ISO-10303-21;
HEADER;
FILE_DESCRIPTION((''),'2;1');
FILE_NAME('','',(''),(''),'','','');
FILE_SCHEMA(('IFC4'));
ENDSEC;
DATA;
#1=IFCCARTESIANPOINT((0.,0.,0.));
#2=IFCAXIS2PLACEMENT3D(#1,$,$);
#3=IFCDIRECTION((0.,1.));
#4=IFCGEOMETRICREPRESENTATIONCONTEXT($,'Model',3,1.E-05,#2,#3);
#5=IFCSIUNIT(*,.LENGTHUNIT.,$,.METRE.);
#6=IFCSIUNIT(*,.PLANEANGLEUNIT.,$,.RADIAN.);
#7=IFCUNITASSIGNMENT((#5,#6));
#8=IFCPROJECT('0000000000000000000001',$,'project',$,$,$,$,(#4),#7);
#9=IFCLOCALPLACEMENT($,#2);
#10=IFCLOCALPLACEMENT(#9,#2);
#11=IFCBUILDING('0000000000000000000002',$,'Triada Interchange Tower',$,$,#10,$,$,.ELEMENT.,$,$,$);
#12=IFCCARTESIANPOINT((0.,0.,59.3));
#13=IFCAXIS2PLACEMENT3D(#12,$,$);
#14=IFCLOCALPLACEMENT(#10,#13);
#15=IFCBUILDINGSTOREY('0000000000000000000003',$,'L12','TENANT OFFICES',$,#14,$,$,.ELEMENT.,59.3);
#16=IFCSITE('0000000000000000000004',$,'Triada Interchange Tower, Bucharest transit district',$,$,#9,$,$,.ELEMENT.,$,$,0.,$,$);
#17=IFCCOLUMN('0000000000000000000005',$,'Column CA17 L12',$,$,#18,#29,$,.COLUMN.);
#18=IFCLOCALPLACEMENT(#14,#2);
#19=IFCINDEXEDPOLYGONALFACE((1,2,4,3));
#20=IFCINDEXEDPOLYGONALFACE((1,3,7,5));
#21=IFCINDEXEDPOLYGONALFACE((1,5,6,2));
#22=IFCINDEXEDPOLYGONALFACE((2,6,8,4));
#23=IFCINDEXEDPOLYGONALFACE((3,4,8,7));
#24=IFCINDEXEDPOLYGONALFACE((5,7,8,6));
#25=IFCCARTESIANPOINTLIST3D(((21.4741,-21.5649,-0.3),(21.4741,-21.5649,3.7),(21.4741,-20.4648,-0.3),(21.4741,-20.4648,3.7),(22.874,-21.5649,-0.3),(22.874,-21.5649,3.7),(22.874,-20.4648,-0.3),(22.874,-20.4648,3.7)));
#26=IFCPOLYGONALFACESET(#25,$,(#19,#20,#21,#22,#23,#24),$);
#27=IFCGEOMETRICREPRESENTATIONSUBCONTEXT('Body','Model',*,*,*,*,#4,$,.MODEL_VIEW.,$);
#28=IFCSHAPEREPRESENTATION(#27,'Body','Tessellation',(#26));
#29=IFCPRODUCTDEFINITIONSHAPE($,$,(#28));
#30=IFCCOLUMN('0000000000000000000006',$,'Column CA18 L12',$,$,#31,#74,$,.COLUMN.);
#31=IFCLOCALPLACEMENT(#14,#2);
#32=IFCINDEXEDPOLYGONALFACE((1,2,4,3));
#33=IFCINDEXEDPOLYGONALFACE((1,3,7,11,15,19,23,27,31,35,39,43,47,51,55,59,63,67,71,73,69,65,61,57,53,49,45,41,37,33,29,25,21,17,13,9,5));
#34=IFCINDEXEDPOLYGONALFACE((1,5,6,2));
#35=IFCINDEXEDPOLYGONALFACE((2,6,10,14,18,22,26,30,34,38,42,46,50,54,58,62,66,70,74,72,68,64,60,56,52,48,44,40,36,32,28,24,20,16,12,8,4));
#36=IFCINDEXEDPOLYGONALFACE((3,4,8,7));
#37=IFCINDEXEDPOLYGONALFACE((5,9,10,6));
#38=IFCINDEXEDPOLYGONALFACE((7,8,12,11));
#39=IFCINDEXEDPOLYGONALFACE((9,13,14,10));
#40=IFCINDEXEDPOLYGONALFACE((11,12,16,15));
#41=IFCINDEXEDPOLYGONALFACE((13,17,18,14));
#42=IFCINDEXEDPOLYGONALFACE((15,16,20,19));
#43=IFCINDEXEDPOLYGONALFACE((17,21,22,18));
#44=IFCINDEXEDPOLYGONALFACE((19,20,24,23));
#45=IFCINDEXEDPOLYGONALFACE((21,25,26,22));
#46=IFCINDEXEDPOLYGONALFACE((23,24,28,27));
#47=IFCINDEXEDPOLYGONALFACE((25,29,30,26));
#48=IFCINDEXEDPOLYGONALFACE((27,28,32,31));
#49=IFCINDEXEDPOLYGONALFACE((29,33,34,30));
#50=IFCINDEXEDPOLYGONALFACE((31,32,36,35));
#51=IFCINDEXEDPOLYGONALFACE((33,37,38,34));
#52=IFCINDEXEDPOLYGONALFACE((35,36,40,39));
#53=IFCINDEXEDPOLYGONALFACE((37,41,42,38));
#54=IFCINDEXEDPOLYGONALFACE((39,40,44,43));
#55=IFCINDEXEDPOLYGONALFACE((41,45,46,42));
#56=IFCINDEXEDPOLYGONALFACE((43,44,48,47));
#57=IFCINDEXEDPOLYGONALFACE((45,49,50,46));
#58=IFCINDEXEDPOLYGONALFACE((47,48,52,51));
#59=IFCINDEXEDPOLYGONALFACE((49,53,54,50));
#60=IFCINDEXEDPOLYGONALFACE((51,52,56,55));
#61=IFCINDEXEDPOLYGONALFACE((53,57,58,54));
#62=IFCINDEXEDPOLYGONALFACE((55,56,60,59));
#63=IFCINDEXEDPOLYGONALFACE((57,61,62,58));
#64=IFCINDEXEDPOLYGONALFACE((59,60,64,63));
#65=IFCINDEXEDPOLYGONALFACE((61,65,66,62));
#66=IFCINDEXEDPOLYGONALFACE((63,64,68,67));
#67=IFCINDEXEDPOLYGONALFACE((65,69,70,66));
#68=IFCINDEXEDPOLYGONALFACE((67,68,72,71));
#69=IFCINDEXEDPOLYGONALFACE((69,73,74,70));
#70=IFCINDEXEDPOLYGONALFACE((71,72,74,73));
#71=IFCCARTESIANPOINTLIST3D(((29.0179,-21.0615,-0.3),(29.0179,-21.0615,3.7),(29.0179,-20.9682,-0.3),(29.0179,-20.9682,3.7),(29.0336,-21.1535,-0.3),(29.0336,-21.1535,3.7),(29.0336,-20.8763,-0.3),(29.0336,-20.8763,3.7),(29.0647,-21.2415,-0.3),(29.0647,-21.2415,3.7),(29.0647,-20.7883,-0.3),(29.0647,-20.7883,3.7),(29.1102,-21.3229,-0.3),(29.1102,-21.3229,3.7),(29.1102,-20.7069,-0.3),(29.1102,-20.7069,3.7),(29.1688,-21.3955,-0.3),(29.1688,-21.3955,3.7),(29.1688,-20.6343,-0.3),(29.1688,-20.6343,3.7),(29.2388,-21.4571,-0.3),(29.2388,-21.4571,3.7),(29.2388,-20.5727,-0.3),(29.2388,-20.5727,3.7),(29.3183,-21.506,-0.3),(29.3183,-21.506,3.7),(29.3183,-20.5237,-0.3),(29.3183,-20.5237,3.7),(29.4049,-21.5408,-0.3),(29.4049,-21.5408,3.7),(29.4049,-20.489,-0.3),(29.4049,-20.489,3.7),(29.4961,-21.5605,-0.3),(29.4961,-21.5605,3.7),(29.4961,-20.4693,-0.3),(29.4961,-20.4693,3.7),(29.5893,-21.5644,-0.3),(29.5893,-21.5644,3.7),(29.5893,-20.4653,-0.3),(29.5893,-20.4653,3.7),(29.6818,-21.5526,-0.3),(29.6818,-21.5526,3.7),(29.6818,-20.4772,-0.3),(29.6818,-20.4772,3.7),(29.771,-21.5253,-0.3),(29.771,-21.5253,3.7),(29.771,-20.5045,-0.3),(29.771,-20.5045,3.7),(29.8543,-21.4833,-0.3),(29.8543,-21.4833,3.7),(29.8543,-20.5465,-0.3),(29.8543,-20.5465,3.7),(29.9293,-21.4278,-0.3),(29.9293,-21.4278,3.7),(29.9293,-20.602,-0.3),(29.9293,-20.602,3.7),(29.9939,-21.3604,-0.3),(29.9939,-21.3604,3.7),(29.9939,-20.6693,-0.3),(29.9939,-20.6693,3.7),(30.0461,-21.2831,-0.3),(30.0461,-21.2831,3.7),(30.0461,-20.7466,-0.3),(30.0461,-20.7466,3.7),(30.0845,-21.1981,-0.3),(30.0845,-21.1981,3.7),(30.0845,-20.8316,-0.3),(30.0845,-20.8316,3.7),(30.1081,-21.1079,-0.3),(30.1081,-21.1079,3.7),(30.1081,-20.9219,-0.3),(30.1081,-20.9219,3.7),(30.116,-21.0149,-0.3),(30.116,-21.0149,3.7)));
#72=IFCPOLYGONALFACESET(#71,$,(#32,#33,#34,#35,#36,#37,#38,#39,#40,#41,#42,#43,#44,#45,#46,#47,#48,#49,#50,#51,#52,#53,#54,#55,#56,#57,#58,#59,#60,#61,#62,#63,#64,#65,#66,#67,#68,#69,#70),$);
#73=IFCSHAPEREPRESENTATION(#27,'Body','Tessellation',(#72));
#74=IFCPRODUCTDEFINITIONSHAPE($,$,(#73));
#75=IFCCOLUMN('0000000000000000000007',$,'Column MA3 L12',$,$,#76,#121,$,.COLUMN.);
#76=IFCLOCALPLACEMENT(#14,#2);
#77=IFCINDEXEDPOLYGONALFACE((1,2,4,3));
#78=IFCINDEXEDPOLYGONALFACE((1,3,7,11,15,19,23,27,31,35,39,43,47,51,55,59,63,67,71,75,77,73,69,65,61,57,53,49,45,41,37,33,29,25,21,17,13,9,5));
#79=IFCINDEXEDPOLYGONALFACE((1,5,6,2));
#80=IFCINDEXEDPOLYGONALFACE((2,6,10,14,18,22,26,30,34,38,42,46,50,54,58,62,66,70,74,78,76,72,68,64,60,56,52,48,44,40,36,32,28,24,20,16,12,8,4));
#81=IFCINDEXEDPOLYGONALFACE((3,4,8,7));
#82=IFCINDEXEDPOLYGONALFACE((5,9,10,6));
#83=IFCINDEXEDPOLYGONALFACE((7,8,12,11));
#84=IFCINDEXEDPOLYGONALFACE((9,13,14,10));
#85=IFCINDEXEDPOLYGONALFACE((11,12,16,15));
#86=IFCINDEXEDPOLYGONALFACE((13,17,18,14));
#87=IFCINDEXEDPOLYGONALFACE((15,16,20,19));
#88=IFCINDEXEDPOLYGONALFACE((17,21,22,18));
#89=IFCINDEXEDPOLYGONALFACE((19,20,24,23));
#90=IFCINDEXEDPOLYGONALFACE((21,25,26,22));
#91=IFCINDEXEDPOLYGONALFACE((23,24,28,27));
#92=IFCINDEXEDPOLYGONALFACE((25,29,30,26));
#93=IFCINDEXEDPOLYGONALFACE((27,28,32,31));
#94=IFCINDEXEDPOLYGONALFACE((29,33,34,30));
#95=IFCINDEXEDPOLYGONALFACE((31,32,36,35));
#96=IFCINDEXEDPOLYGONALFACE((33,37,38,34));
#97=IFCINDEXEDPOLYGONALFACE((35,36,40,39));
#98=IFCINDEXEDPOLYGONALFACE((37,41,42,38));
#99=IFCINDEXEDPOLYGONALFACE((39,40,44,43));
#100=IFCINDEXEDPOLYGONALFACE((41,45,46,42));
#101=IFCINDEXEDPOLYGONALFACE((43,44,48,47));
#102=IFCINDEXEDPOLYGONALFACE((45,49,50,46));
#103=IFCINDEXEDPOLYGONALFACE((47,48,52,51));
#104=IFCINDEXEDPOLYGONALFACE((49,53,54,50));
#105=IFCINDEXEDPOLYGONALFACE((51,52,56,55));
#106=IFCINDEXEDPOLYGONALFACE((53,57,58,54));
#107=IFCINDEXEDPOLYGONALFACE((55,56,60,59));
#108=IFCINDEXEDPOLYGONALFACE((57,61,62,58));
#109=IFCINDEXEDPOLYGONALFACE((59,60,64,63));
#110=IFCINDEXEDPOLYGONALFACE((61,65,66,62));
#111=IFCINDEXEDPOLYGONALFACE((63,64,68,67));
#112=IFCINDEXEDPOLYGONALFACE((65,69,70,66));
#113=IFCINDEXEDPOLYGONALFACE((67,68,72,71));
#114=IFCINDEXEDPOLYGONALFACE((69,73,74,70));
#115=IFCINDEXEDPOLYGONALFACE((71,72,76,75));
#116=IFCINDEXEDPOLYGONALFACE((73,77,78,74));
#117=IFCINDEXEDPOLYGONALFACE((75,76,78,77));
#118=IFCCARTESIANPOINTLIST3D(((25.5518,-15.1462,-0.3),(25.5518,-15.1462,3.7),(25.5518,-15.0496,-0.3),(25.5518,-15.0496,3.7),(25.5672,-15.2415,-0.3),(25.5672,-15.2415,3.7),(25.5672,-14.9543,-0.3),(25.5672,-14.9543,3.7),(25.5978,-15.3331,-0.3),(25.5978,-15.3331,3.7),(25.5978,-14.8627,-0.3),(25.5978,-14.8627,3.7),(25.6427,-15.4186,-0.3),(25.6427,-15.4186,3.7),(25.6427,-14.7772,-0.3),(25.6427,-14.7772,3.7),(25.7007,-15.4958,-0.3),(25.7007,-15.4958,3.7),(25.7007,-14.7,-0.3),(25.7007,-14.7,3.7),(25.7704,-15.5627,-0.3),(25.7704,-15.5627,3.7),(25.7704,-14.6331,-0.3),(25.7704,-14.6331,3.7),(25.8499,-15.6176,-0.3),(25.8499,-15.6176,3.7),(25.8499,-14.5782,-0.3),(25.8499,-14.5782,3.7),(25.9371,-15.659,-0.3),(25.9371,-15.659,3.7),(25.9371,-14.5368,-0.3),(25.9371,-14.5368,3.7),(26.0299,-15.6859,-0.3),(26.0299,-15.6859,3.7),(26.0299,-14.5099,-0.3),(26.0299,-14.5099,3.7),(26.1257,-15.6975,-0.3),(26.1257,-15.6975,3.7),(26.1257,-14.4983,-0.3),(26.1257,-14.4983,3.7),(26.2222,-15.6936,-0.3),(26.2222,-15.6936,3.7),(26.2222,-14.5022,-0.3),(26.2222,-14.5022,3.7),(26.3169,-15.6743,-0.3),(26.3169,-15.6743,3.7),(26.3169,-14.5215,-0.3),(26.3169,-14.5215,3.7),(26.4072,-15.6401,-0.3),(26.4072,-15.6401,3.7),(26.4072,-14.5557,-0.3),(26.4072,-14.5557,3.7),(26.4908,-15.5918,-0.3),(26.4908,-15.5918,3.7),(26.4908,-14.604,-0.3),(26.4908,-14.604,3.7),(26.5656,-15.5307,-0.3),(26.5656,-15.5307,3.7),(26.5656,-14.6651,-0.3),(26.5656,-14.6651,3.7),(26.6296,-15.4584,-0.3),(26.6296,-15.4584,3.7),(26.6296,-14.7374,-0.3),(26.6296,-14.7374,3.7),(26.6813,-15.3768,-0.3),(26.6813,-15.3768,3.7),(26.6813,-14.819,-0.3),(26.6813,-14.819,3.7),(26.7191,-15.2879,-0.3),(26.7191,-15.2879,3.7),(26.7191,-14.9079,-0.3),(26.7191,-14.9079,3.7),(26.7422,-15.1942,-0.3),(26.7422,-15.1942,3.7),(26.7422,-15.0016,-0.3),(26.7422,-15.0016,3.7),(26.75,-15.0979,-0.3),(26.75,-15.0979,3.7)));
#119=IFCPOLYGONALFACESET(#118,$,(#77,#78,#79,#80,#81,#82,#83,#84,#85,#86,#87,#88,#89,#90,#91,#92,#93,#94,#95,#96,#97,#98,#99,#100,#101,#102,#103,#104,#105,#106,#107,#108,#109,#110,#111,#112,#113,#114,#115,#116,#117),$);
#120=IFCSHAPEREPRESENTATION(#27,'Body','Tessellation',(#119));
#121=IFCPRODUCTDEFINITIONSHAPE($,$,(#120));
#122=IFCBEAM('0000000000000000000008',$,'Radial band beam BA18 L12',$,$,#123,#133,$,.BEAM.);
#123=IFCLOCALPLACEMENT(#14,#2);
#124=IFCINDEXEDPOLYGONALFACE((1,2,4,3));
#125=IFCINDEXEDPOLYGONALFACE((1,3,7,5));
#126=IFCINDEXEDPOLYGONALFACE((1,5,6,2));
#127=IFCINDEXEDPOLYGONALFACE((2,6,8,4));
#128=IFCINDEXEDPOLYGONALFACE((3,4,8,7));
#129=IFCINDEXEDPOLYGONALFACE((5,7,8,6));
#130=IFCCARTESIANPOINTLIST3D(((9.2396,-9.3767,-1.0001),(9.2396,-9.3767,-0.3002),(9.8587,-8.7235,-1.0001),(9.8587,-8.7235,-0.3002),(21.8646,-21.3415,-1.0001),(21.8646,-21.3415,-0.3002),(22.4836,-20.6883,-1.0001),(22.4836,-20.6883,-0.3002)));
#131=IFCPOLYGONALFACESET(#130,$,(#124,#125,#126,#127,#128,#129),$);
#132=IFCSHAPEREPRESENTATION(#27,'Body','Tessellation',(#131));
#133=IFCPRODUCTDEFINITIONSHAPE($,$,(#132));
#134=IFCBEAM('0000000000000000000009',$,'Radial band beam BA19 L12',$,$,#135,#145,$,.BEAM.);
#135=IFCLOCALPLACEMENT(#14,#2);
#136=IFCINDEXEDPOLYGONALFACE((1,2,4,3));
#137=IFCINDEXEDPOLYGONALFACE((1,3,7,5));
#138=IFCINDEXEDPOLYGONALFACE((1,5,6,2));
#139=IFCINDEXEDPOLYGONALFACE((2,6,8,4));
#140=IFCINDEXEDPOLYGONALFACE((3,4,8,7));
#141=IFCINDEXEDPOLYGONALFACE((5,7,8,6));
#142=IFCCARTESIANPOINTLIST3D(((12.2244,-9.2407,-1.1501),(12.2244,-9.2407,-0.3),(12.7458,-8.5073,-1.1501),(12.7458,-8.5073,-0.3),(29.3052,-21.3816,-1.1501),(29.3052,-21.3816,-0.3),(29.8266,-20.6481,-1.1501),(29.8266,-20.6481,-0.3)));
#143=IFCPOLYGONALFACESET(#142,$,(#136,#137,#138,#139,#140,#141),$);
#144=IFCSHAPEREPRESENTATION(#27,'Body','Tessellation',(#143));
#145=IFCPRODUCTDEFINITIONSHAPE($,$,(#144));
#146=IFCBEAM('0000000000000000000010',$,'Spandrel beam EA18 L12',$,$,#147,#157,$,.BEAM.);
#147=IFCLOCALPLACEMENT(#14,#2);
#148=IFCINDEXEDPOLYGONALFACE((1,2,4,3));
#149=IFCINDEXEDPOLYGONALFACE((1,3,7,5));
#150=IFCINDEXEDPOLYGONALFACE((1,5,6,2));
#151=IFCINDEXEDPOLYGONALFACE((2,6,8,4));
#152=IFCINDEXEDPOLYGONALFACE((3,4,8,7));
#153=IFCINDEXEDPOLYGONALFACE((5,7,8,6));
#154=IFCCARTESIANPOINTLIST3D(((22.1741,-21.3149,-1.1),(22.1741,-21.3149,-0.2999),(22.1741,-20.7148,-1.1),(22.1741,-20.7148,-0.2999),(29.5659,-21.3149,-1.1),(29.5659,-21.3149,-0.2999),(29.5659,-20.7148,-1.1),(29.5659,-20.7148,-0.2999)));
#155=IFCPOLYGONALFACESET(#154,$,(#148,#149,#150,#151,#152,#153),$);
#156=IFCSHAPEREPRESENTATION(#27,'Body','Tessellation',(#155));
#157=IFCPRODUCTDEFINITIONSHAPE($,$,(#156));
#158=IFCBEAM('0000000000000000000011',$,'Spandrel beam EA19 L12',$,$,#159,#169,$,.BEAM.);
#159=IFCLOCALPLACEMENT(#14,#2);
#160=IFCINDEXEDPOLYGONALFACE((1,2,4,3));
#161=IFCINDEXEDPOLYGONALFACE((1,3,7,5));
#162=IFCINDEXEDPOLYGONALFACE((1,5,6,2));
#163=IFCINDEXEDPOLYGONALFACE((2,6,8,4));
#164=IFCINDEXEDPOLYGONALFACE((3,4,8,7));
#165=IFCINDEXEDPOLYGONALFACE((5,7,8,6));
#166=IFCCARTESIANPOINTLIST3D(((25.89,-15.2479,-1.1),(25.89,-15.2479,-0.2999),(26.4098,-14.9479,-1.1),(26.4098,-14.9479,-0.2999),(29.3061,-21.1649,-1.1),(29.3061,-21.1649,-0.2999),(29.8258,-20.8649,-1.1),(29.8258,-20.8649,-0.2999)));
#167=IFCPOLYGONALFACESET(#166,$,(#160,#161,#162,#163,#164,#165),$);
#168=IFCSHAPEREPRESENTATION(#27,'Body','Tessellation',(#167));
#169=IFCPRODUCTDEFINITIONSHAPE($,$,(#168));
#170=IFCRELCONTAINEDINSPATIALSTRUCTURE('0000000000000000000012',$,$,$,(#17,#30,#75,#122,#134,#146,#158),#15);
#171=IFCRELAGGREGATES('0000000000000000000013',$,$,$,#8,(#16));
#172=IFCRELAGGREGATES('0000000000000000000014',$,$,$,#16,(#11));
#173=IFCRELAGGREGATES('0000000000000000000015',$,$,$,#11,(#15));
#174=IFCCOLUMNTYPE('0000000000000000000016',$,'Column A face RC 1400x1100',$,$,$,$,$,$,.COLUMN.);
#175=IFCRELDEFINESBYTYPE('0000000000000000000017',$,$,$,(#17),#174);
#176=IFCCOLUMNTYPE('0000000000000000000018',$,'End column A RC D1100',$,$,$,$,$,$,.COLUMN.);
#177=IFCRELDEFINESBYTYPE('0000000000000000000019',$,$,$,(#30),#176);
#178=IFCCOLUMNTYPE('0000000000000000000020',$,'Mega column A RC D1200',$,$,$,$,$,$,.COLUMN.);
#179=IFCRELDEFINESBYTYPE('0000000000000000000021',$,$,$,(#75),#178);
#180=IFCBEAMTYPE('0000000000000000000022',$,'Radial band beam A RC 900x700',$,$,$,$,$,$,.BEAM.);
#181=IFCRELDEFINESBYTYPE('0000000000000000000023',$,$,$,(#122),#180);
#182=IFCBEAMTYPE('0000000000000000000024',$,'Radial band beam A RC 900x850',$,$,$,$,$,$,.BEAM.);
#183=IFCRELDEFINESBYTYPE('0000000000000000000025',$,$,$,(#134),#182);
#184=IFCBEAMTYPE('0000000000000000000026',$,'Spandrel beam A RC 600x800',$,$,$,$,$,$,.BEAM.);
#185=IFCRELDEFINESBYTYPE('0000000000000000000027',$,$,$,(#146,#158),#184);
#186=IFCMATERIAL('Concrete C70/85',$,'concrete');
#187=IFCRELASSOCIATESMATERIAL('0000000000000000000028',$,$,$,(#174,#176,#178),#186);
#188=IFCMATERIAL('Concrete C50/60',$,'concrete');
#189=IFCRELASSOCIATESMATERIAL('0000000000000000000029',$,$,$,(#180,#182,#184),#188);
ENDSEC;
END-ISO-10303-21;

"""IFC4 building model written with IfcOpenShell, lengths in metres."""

from ifc_helpers import new_model, si_unit, direction, frame, origin, origin_2d, place, context, subcontext, project, spatial, rectangle, circle, extrude, material, material_profile, profile_set, type_object, element, save


model = new_model("IFC4")

# Units and contexts
model_context = context("Model", 3, precision=1e-05, world=origin(), true_north=direction((0.0, 1.0)))
body_context = subcontext(model_context, "Body", "Model", "MODEL_VIEW")
ifc_project = project(units=[si_unit("LENGTHUNIT", "METRE"), si_unit("PLANEANGLEUNIT", "RADIAN")], contexts=[model_context])

# Site, building, storey
site_placement = place(None, origin())
site = spatial("IfcSite", under=ifc_project, at=site_placement, Name="Triada Interchange Tower, Bucharest transit district", CompositionType="ELEMENT", RefElevation=0.0)
building_placement = place(site_placement, origin())
building = spatial("IfcBuilding", under=site, at=building_placement, Name="Triada Interchange Tower", CompositionType="ELEMENT")
storey_placement = place(building_placement, frame((0.0, 0.0, 59.3)))
storey = spatial("IfcBuildingStorey", under=building, at=storey_placement, Name="L12", Description="TENANT OFFICES", CompositionType="ELEMENT", Elevation=59.3)

# Columns
ifc_material_1 = material(Name="Concrete C70/85", Category="concrete")
ifc_material_profile_1 = material_profile(ifc_material_1, rectangle(XDim=1.3999, YDim=1.1001, at=origin_2d()), Name="RC 1400x1100")
ifc_profile_set_1 = profile_set([ifc_material_profile_1], Name="Concrete C70/85")
column_type_1 = type_object("IfcColumnType", Name="Column A face RC 1400x1100", PredefinedType="COLUMN", material=ifc_profile_set_1)
column_1_placement = place(storey_placement, frame((22.1741, -21.0149, -0.3), z_axis=(0.0, 0.0, 1.0), x_axis=(1.0, 0.0, 0.0)))
element("IfcColumn", 1, at=column_1_placement, inside=storey, type_object=column_type_1, Name="Column CA17 L12", PredefinedType="COLUMN", context=body_context, shape_type="SweptSolid", body=[
    extrude(rectangle(XDim=1.3999, YDim=1.1001, at=origin_2d()), origin(), (0.0, 0.0, 1.0), 4.0),
])
ifc_material_profile_2 = material_profile(ifc_material_1, circle(Radius=0.55, at=origin_2d()), Name="RC D1100")
ifc_profile_set_2 = profile_set([ifc_material_profile_2], Name="Concrete C70/85")
column_type_2 = type_object("IfcColumnType", Name="End column A RC D1100", PredefinedType="COLUMN", material=ifc_profile_set_2)
column_2_placement = place(storey_placement, frame((29.5659, -21.0149, -0.3), z_axis=(0.0, 0.0, 1.0), x_axis=(1.0, 0.0, 0.0)))
element("IfcColumn", 2, at=column_2_placement, inside=storey, type_object=column_type_2, Name="Column CA18 L12", PredefinedType="COLUMN", context=body_context, shape_type="SweptSolid", body=[
    extrude(circle(Radius=0.55, at=origin_2d()), origin(), (0.0, 0.0, 1.0), 4.0),
])
ifc_material_profile_3 = material_profile(ifc_material_1, circle(Radius=0.6001, at=origin_2d()), Name="RC D1200")
ifc_profile_set_3 = profile_set([ifc_material_profile_3], Name="Concrete C70/85")
column_type_3 = type_object("IfcColumnType", Name="Mega column A RC D1200", PredefinedType="COLUMN", material=ifc_profile_set_3)
column_3_placement = place(storey_placement, frame((26.1499, -15.0979, -0.3), z_axis=(0.0, 0.0, 1.0), x_axis=(1.0, 0.0, 0.0)))
element("IfcColumn", 3, at=column_3_placement, inside=storey, type_object=column_type_3, Name="Column MA3 L12", PredefinedType="COLUMN", context=body_context, shape_type="SweptSolid", body=[
    extrude(circle(Radius=0.6001, at=origin_2d()), origin(), (0.0, 0.0, 1.0), 4.0),
])

# Beams
ifc_material_2 = material(Name="Concrete C50/60", Category="concrete")
ifc_material_profile_4 = material_profile(ifc_material_2, rectangle(XDim=0.8999, YDim=0.7, at=origin_2d()), Name="RC 900x700")
ifc_profile_set_4 = profile_set([ifc_material_profile_4], Name="Concrete C50/60")
beam_type_1 = type_object("IfcBeamType", Name="Radial band beam A RC 900x700", PredefinedType="BEAM", material=ifc_profile_set_4)
beam_1_placement = place(storey_placement, frame((22.1741, -21.0149, -0.6501), z_axis=(-0.725829, 0.687875, 0.0), x_axis=(-0.687875, -0.725829, 0.0)))
element("IfcBeam", 4, at=beam_1_placement, inside=storey, type_object=beam_type_1, Name="Radial band beam BA18 L12", PredefinedType="BEAM", context=body_context, shape_type="SweptSolid", body=[
    extrude(rectangle(XDim=0.8999, YDim=0.7, at=origin_2d()), origin(), (0.0, 0.0, 1.0), 17.3938),
])
ifc_material_profile_5 = material_profile(ifc_material_2, rectangle(XDim=0.8999, YDim=0.8501, at=origin_2d()), Name="RC 900x850")
ifc_profile_set_5 = profile_set([ifc_material_profile_5], Name="Concrete C50/60")
beam_type_2 = type_object("IfcBeamType", Name="Radial band beam A RC 900x850", PredefinedType="BEAM", material=ifc_profile_set_5)
beam_2_placement = place(storey_placement, frame((29.5659, -21.0149, -0.7251), z_axis=(-0.815079, 0.57935, 0.0), x_axis=(-0.57935, -0.815079, 0.0)))
element("IfcBeam", 5, at=beam_2_placement, inside=storey, type_object=beam_type_2, Name="Radial band beam BA19 L12", PredefinedType="BEAM", context=body_context, shape_type="SweptSolid", body=[
    extrude(rectangle(XDim=0.8999, YDim=0.8501, at=origin_2d()), origin(), (0.0, 0.0, 1.0), 20.9561),
])
ifc_material_profile_6 = material_profile(ifc_material_2, rectangle(XDim=0.6001, YDim=0.8, at=origin_2d()), Name="RC 600x800")
ifc_profile_set_6 = profile_set([ifc_material_profile_6], Name="Concrete C50/60")
beam_type_3 = type_object("IfcBeamType", Name="Spandrel beam A RC 600x800", PredefinedType="BEAM", material=ifc_profile_set_6)
beam_3_placement = place(storey_placement, frame((22.1741, -21.0149, -0.7), z_axis=(1.0, 0.0, 0.0), x_axis=(0.0, 1.0, 0.0)))
element("IfcBeam", 6, at=beam_3_placement, inside=storey, type_object=beam_type_3, Name="Spandrel beam EA18 L12", PredefinedType="BEAM", context=body_context, shape_type="SweptSolid", body=[
    extrude(rectangle(XDim=0.6001, YDim=0.8, at=origin_2d()), origin(), (0.0, 0.0, 1.0), 7.3918),
])
beam_4_placement = place(storey_placement, frame((29.5659, -21.0149, -0.7), z_axis=(-0.499982, 0.866036, 0.0), x_axis=(-0.866036, -0.499982, 0.0)))
element("IfcBeam", 7, at=beam_4_placement, inside=storey, type_object=beam_type_3, Name="Spandrel beam EA19 L12", PredefinedType="BEAM", context=body_context, shape_type="SweptSolid", body=[
    extrude(rectangle(XDim=0.6001, YDim=0.8, at=origin_2d()), origin(), (0.0, 0.0, 1.0), 6.8323),
])

save(model, "model.ifc")
